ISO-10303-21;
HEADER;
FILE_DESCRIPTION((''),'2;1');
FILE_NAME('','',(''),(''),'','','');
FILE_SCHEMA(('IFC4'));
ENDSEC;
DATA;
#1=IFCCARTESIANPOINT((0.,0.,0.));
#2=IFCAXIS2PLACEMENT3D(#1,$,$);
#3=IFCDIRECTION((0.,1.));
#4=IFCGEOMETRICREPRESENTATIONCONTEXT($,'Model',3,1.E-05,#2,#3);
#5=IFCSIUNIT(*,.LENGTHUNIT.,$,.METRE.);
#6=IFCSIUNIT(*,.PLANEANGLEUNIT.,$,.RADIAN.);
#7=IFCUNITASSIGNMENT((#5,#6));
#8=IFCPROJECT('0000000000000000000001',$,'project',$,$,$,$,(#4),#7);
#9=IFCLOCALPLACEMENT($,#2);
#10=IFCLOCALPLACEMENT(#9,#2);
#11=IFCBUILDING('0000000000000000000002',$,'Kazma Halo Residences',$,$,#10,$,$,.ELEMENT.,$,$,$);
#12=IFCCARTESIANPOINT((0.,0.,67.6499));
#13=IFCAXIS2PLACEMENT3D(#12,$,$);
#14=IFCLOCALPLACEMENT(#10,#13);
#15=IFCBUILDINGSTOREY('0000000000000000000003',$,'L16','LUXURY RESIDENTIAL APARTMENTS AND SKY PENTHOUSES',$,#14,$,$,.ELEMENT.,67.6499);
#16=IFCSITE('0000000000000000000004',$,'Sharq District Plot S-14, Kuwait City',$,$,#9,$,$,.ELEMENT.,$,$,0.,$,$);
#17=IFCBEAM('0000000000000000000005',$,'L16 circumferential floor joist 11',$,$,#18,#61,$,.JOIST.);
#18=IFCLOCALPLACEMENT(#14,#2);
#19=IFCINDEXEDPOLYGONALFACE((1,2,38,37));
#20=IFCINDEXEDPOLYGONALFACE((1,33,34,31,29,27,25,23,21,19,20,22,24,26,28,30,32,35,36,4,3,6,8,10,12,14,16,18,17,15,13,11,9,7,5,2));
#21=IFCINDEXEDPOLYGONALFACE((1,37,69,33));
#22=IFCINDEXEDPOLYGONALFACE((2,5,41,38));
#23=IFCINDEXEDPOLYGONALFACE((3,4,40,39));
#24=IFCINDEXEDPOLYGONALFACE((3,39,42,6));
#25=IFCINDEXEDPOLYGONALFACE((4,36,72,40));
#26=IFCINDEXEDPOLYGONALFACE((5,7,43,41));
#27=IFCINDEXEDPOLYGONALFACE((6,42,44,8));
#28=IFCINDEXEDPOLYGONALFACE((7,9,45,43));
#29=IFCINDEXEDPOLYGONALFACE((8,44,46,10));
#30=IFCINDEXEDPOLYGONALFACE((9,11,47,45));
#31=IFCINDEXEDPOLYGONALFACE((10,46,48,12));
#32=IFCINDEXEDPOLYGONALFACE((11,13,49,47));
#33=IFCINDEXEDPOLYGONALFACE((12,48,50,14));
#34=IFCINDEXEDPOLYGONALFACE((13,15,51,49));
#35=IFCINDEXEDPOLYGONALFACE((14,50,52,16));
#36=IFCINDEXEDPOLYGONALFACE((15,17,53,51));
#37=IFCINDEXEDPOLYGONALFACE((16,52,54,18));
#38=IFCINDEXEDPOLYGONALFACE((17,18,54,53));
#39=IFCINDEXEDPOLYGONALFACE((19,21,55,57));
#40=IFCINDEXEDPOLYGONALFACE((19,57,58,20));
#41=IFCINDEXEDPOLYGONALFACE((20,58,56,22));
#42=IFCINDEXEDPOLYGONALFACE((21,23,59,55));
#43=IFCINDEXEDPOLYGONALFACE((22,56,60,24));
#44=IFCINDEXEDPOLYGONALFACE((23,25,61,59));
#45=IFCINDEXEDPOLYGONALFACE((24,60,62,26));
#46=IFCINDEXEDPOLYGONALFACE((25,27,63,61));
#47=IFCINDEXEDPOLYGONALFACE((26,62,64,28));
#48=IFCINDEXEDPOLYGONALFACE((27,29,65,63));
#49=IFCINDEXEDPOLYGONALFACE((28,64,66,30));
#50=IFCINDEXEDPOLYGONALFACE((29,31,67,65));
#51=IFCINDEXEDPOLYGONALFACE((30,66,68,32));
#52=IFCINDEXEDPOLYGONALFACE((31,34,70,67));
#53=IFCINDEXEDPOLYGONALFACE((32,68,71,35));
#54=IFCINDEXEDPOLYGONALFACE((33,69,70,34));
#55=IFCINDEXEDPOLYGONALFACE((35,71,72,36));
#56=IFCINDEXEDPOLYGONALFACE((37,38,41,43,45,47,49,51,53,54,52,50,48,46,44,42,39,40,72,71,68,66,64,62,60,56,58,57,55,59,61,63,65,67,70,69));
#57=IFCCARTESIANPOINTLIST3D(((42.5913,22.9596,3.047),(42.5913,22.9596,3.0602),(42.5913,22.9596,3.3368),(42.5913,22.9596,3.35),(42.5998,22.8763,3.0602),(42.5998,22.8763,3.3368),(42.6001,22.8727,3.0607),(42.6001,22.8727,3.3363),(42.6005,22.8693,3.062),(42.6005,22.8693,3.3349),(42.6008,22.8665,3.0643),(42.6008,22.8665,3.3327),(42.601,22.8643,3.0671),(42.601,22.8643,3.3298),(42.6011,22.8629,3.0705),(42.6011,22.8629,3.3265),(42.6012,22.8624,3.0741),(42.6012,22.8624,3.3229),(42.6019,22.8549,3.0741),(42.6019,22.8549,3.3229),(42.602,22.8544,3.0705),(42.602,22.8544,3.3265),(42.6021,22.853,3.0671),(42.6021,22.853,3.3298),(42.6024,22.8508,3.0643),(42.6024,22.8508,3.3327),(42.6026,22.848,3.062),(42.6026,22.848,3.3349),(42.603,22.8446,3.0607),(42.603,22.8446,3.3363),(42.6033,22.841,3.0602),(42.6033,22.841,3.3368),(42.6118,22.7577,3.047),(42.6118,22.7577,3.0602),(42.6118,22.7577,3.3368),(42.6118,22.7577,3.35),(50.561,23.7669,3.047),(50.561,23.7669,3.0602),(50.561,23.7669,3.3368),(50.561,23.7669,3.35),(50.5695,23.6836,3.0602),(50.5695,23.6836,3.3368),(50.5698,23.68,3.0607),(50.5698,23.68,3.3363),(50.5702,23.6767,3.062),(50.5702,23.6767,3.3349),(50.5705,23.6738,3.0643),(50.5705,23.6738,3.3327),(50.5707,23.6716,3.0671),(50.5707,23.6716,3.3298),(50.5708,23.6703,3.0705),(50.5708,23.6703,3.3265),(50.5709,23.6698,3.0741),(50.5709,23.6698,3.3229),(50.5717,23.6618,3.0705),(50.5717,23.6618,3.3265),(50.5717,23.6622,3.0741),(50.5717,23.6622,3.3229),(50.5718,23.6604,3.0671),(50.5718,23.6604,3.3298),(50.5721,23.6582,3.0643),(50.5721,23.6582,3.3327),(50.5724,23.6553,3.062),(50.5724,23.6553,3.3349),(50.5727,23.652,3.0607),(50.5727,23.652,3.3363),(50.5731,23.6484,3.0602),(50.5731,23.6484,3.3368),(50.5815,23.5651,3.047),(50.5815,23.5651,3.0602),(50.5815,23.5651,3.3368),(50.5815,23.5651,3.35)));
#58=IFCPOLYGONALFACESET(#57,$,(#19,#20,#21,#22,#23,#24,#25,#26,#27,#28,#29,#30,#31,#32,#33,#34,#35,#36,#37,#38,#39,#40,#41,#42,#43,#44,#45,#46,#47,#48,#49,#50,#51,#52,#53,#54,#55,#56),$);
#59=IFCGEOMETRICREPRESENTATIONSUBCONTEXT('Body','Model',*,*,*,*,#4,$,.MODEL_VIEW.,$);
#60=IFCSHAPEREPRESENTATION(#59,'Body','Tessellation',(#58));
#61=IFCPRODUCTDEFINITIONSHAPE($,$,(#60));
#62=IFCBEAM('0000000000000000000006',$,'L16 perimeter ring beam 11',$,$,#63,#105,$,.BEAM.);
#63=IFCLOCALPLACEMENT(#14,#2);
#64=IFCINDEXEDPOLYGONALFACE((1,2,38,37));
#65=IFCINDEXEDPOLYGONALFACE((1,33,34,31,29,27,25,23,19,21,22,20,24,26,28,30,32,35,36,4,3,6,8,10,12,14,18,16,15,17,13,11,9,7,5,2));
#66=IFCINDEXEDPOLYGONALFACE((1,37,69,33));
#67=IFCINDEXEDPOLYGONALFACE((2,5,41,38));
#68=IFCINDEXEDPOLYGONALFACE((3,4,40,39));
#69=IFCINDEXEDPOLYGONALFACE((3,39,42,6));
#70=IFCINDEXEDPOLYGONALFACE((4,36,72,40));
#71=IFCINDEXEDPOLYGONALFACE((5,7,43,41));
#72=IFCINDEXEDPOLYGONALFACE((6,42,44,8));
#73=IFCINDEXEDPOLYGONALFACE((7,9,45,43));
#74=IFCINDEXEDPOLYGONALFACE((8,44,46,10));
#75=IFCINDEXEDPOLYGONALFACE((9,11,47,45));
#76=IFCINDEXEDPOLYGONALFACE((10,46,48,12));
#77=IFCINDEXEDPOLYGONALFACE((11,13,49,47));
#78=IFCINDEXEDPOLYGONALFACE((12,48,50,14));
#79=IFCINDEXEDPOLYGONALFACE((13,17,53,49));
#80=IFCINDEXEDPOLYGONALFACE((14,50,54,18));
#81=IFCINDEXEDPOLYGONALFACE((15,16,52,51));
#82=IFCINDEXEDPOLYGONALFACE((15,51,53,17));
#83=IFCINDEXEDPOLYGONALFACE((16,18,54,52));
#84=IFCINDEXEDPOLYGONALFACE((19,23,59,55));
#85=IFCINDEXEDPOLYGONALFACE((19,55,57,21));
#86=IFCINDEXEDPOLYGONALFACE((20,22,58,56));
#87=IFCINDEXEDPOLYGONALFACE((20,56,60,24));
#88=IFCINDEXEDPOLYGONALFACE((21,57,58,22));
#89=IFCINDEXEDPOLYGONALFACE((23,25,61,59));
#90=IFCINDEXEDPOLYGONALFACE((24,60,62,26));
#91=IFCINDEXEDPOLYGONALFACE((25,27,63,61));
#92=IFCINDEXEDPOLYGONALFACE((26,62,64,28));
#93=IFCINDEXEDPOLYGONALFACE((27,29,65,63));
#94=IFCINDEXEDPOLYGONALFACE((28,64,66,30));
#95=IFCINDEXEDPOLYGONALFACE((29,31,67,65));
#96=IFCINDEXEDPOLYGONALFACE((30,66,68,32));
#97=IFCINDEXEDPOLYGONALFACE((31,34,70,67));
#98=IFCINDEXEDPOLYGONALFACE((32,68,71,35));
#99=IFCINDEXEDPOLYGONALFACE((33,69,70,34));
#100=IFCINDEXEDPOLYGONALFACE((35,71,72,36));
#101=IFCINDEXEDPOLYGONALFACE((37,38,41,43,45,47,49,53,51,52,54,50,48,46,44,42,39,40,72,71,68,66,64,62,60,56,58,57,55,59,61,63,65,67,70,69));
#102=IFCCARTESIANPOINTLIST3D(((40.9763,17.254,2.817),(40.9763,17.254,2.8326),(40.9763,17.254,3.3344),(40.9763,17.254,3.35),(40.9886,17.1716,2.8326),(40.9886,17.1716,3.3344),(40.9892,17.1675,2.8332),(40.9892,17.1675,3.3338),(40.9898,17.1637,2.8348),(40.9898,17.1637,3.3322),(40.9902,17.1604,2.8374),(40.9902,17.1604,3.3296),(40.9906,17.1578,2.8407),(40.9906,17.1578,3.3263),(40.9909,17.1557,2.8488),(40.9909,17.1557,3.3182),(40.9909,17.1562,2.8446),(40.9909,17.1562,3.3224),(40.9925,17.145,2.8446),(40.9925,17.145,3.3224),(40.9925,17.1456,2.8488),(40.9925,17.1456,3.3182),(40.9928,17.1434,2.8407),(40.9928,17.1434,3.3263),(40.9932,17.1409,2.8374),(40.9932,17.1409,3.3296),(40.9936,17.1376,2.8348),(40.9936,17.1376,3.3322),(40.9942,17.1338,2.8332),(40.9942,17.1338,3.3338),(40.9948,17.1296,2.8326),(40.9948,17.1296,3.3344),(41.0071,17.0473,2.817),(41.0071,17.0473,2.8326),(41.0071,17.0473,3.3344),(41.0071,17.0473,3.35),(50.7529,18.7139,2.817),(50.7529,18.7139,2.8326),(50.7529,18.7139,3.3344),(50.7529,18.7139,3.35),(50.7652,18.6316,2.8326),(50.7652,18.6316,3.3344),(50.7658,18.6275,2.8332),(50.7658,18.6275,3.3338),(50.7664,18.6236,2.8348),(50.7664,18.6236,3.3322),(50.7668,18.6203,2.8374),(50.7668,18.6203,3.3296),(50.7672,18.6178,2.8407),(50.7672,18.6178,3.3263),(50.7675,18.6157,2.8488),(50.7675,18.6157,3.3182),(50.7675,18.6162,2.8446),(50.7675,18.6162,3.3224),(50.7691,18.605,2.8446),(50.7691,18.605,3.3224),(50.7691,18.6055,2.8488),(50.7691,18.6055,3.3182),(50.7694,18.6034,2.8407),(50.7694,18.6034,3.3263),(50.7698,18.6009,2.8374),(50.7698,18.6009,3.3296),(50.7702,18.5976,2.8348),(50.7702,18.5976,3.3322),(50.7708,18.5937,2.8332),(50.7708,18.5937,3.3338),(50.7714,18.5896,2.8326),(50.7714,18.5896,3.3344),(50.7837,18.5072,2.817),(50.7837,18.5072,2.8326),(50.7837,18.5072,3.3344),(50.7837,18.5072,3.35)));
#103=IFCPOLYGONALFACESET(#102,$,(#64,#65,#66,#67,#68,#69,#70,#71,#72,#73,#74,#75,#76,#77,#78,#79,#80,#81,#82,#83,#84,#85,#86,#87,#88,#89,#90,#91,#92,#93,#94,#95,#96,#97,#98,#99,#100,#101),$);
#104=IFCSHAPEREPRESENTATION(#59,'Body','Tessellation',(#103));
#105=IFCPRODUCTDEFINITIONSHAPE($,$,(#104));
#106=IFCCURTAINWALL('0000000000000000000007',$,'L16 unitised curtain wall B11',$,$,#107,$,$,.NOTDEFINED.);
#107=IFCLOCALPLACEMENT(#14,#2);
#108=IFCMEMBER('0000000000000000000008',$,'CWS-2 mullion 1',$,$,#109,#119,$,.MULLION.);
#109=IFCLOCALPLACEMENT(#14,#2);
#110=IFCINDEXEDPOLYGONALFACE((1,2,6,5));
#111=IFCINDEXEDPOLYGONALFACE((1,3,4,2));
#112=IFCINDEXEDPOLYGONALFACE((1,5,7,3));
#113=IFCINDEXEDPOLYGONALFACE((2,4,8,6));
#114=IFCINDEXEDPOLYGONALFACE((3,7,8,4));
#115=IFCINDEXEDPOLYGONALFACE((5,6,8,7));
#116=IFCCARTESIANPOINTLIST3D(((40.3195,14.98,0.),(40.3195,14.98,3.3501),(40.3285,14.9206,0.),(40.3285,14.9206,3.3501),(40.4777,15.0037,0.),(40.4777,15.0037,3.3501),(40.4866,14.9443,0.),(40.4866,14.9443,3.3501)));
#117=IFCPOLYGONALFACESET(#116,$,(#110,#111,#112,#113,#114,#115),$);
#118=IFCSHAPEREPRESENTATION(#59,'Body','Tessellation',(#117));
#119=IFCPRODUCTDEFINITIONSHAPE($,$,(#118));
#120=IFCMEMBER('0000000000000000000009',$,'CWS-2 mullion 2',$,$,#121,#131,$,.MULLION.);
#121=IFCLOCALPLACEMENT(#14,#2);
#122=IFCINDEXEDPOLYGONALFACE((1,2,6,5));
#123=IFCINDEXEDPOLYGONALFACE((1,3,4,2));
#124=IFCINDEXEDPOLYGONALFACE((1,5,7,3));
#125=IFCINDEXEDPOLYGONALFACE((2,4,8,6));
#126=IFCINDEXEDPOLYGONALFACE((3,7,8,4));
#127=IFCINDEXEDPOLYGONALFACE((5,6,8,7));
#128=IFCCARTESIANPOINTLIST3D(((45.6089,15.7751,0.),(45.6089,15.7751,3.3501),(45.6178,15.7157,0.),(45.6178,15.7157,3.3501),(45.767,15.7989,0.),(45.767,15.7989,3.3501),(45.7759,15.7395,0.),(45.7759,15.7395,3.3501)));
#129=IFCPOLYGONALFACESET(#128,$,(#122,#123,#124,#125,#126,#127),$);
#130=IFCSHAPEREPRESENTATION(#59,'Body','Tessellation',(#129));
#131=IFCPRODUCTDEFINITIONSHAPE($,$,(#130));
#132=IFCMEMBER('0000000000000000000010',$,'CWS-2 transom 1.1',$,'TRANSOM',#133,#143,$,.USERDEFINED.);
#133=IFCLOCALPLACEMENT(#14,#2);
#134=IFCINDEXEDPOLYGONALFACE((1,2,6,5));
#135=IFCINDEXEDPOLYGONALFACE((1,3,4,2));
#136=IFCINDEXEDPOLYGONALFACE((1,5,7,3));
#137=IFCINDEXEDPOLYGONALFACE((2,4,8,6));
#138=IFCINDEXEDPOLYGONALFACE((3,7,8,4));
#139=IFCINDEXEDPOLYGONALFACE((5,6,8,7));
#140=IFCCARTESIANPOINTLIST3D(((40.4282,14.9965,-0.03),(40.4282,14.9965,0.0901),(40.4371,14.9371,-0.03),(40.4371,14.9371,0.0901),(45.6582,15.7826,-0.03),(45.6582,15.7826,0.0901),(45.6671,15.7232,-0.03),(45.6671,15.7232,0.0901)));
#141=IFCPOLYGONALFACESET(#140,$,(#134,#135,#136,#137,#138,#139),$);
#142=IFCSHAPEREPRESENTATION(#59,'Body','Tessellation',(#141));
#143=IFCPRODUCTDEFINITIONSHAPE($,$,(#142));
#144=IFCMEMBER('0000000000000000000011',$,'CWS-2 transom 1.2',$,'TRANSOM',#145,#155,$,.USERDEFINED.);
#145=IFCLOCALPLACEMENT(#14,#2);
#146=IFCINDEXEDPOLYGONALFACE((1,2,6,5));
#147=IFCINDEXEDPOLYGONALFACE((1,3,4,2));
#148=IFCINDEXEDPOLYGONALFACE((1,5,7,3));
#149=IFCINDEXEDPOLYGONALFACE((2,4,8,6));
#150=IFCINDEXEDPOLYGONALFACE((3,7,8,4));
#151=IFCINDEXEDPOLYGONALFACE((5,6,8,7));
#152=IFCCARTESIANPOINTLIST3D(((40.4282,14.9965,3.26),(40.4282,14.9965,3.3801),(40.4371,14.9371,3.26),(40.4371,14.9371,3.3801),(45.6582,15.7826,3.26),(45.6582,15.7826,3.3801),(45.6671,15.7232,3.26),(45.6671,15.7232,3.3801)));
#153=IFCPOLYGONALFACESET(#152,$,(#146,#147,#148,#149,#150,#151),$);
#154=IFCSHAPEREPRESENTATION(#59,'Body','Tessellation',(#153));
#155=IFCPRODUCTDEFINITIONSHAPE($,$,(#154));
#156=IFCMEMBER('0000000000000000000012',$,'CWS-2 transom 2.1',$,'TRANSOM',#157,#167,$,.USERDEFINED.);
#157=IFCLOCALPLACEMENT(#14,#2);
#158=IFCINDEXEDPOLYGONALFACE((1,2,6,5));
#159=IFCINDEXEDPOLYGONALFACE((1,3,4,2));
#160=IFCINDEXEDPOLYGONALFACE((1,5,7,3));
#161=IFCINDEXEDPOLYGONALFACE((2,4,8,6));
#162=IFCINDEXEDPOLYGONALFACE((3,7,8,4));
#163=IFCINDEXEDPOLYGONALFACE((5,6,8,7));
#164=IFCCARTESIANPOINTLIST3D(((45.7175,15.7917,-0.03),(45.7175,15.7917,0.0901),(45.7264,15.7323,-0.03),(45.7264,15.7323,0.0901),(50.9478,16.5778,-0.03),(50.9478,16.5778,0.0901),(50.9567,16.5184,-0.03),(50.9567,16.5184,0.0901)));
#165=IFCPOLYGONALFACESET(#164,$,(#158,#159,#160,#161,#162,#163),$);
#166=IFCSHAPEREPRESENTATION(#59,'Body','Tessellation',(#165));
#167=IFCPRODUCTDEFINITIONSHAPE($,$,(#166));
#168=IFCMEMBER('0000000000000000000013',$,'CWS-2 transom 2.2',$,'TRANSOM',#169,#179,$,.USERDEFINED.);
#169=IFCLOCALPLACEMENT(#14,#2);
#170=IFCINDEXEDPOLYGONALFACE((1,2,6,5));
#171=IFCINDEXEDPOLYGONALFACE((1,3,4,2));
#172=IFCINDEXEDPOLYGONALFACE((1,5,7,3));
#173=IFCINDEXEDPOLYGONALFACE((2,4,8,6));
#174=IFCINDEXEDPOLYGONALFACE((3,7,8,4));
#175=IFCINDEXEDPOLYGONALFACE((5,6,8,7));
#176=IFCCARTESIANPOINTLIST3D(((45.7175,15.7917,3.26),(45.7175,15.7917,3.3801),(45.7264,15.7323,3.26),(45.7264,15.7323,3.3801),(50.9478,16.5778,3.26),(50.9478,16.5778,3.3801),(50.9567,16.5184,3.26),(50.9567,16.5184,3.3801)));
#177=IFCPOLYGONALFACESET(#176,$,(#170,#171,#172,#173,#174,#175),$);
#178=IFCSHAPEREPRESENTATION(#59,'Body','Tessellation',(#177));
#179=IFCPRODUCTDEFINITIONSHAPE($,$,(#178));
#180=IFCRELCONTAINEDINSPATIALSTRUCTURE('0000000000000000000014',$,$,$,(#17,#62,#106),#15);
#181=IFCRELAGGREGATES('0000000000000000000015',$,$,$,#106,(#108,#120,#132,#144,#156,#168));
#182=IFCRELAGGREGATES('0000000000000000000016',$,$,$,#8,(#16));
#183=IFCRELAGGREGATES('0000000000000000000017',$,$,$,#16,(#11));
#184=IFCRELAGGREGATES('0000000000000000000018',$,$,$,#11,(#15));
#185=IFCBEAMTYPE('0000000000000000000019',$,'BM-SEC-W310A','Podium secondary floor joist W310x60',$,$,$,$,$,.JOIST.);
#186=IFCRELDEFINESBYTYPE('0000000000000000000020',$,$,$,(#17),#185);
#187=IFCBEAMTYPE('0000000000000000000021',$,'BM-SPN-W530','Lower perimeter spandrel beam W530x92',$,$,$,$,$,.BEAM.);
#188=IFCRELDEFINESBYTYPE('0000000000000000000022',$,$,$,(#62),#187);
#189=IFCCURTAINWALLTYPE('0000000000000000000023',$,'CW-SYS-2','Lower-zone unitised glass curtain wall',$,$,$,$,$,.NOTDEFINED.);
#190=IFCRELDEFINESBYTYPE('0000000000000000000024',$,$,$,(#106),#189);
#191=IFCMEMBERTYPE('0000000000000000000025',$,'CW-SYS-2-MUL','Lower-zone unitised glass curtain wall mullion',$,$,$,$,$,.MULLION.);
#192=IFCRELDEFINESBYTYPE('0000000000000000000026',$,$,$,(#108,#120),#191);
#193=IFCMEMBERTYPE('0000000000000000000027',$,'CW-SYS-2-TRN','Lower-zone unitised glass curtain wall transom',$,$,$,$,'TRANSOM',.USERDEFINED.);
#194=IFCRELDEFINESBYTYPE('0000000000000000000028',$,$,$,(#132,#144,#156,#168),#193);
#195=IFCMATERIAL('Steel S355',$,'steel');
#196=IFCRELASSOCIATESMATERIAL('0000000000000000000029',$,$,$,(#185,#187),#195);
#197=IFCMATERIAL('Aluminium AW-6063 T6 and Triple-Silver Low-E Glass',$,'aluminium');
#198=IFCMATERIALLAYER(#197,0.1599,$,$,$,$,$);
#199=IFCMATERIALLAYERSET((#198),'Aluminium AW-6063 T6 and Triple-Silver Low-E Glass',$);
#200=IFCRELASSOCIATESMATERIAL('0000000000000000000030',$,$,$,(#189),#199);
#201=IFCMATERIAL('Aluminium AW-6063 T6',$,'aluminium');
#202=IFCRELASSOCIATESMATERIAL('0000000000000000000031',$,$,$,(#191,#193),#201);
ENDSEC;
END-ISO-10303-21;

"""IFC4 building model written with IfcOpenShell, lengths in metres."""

from ifc_helpers import new_model, si_unit, direction, frame, origin, origin_2d, place, context, subcontext, project, spatial, rectangle, i_section, extrude, material, layer, layer_set, material_profile, profile_set, type_object, element, aggregate, save


model = new_model("IFC4")

# Units and contexts
model_context = context("Model", 3, precision=1e-05, world=origin(), true_north=direction((0.0, 1.0)))
body_context = subcontext(model_context, "Body", "Model", "MODEL_VIEW")
ifc_project = project(units=[si_unit("LENGTHUNIT", "METRE"), si_unit("PLANEANGLEUNIT", "RADIAN")], contexts=[model_context])

# Site, building, storey
site_placement = place(None, origin())
site = spatial("IfcSite", under=ifc_project, at=site_placement, Name="Sharq District Plot S-14, Kuwait City", CompositionType="ELEMENT", RefElevation=0.0)
building_placement = place(site_placement, origin())
building = spatial("IfcBuilding", under=site, at=building_placement, Name="Kazma Halo Residences", CompositionType="ELEMENT")
storey_placement = place(building_placement, frame((0.0, 0.0, 67.6499)))
storey = spatial("IfcBuildingStorey", under=building, at=storey_placement, Name="L16", Description="LUXURY RESIDENTIAL APARTMENTS AND SKY PENTHOUSES", CompositionType="ELEMENT", Elevation=67.6499)

# Beams
ifc_material_1 = material(Name="Steel S355", Category="steel")
ifc_material_profile_1 = material_profile(ifc_material_1, i_section(OverallWidth=0.2029, OverallDepth=0.303, WebThickness=0.0076, FlangeThickness=0.0132, FilletRadius=0.0139, at=origin_2d()), Name="W310x60")
ifc_profile_set_1 = profile_set([ifc_material_profile_1], Name="Steel S355")
beam_type_1 = type_object("IfcBeamType", Name="BM-SEC-W310A", Description="Podium secondary floor joist W310x60", PredefinedType="JOIST", material=ifc_profile_set_1)
beam_1_placement = place(storey_placement, frame((42.6016, 22.8586, 3.1985), z_axis=(0.994908, 0.100789, 0.0), x_axis=(-0.100789, 0.994908, 0.0)))
element("IfcBeam", 1, at=beam_1_placement, inside=storey, type_object=beam_type_1, Name="L16 circumferential floor joist 11", PredefinedType="JOIST", context=body_context, shape_type="SweptSolid", body=[
    extrude(i_section(OverallWidth=0.2029, OverallDepth=0.303, WebThickness=0.0076, FlangeThickness=0.0132, FilletRadius=0.0139, at=origin_2d()), origin(), (0.0, 0.0, 1.0), 8.0105),
])
ifc_material_profile_2 = material_profile(ifc_material_1, i_section(OverallWidth=0.209, OverallDepth=0.533, WebThickness=0.0103, FlangeThickness=0.0156, FilletRadius=0.0161, at=origin_2d()), Name="W530x92")
ifc_profile_set_2 = profile_set([ifc_material_profile_2], Name="Steel S355")
beam_type_2 = type_object("IfcBeamType", Name="BM-SPN-W530", Description="Lower perimeter spandrel beam W530x92", PredefinedType="BEAM", material=ifc_profile_set_2)
beam_2_placement = place(storey_placement, frame((40.9917, 17.1506, 3.0835), z_axis=(0.989033, 0.147694, 0.0), x_axis=(-0.147694, 0.989033, 0.0)))
element("IfcBeam", 2, at=beam_2_placement, inside=storey, type_object=beam_type_2, Name="L16 perimeter ring beam 11", PredefinedType="BEAM", context=body_context, shape_type="SweptSolid", body=[
    extrude(i_section(OverallWidth=0.209, OverallDepth=0.533, WebThickness=0.0103, FlangeThickness=0.0156, FilletRadius=0.0161, at=origin_2d()), origin(), (0.0, 0.0, 1.0), 9.885),
])

# Curtain wall, members
ifc_material_2 = material(Name="Aluminium AW-6063 T6 and Triple-Silver Low-E Glass", Category="aluminium")
ifc_layer_1 = layer(ifc_material_2, 0.1599)
ifc_layer_set_1 = layer_set([ifc_layer_1], Name="Aluminium AW-6063 T6 and Triple-Silver Low-E Glass")
curtain_wall_type = type_object("IfcCurtainWallType", Name="CW-SYS-2", Description="Lower-zone unitised glass curtain wall", PredefinedType="NOTDEFINED", material=ifc_layer_set_1)
curtain_wall_placement = place(storey_placement, origin())
curtain_wall = element("IfcCurtainWall", 3, at=curtain_wall_placement, inside=storey, type_object=curtain_wall_type, Name="L16 unitised curtain wall B11", PredefinedType="NOTDEFINED")
ifc_material_3 = material(Name="Aluminium AW-6063 T6", Category="aluminium")
ifc_material_profile_3 = material_profile(ifc_material_3, rectangle(XDim=0.0601, YDim=0.1599, at=origin_2d()), Name="CWM-60x160")
ifc_profile_set_3 = profile_set([ifc_material_profile_3], Name="Aluminium AW-6063 T6")
member_type_1 = type_object("IfcMemberType", Name="CW-SYS-2-MUL", Description="Lower-zone unitised glass curtain wall mullion", PredefinedType="MULLION", material=ifc_profile_set_3)
member_1_placement = place(storey_placement, frame((40.4031, 14.9622, 0.0), z_axis=(0.0, 0.0, 1.0), x_axis=(-0.148657, 0.988889, 0.0)))
member_1 = element("IfcMember", 4, at=member_1_placement, type_object=member_type_1, Name="CWS-2 mullion 1", PredefinedType="MULLION", context=body_context, shape_type="SweptSolid", body=[
    extrude(rectangle(XDim=0.0601, YDim=0.1599, at=origin_2d()), origin(), (0.0, 0.0, 1.0), 3.3501),
])
member_2_placement = place(storey_placement, frame((45.6924, 15.7573, 0.0), z_axis=(0.0, 0.0, 1.0), x_axis=(-0.148657, 0.988889, 0.0)))
member_2 = element("IfcMember", 5, at=member_2_placement, type_object=member_type_1, Name="CWS-2 mullion 2", PredefinedType="MULLION", context=body_context, shape_type="SweptSolid", body=[
    extrude(rectangle(XDim=0.0601, YDim=0.1599, at=origin_2d()), origin(), (0.0, 0.0, 1.0), 3.3501),
])
ifc_material_profile_4 = material_profile(ifc_material_3, rectangle(XDim=0.0601, YDim=0.1201, at=origin_2d()), Name="CWT-60x120")
ifc_profile_set_4 = profile_set([ifc_material_profile_4], Name="Aluminium AW-6063 T6")
member_type_2 = type_object("IfcMemberType", Name="CW-SYS-2-TRN", Description="Lower-zone unitised glass curtain wall transom", ElementType="TRANSOM", PredefinedType="USERDEFINED", material=ifc_profile_set_4)
member_3_placement = place(storey_placement, frame((40.4326, 14.9668, 0.03), z_axis=(0.988891, 0.148643, 0.0), x_axis=(-0.148643, 0.988891, 0.0)))
member_3 = element("IfcMember", 6, at=member_3_placement, type_object=member_type_2, Name="CWS-2 transom 1.1", ObjectType="TRANSOM", PredefinedType="USERDEFINED", context=body_context, shape_type="SweptSolid", body=[
    extrude(rectangle(XDim=0.0601, YDim=0.1201, at=origin_2d()), origin(), (0.0, 0.0, 1.0), 5.2888),
])
member_4_placement = place(storey_placement, frame((40.4326, 14.9668, 3.3201), z_axis=(0.988891, 0.148643, 0.0), x_axis=(-0.148643, 0.988891, 0.0)))
member_4 = element("IfcMember", 7, at=member_4_placement, type_object=member_type_2, Name="CWS-2 transom 1.2", ObjectType="TRANSOM", PredefinedType="USERDEFINED", context=body_context, shape_type="SweptSolid", body=[
    extrude(rectangle(XDim=0.0601, YDim=0.1201, at=origin_2d()), origin(), (0.0, 0.0, 1.0), 5.2888),
])
member_5_placement = place(storey_placement, frame((45.7219, 15.762, 0.03), z_axis=(0.988892, 0.148636, 0.0), x_axis=(-0.148636, 0.988892, 0.0)))
member_5 = element("IfcMember", 8, at=member_5_placement, type_object=member_type_2, Name="CWS-2 transom 2.1", ObjectType="TRANSOM", PredefinedType="USERDEFINED", context=body_context, shape_type="SweptSolid", body=[
    extrude(rectangle(XDim=0.0601, YDim=0.1201, at=origin_2d()), origin(), (0.0, 0.0, 1.0), 5.2891),
])
member_6_placement = place(storey_placement, frame((45.7219, 15.762, 3.3201), z_axis=(0.988892, 0.148636, 0.0), x_axis=(-0.148636, 0.988892, 0.0)))
member_6 = element("IfcMember", 9, at=member_6_placement, type_object=member_type_2, Name="CWS-2 transom 2.2", ObjectType="TRANSOM", PredefinedType="USERDEFINED", context=body_context, shape_type="SweptSolid", body=[
    extrude(rectangle(XDim=0.0601, YDim=0.1201, at=origin_2d()), origin(), (0.0, 0.0, 1.0), 5.2891),
])
aggregate(curtain_wall, [member_1, member_2, member_3, member_4, member_5, member_6])

save(model, "model.ifc")
